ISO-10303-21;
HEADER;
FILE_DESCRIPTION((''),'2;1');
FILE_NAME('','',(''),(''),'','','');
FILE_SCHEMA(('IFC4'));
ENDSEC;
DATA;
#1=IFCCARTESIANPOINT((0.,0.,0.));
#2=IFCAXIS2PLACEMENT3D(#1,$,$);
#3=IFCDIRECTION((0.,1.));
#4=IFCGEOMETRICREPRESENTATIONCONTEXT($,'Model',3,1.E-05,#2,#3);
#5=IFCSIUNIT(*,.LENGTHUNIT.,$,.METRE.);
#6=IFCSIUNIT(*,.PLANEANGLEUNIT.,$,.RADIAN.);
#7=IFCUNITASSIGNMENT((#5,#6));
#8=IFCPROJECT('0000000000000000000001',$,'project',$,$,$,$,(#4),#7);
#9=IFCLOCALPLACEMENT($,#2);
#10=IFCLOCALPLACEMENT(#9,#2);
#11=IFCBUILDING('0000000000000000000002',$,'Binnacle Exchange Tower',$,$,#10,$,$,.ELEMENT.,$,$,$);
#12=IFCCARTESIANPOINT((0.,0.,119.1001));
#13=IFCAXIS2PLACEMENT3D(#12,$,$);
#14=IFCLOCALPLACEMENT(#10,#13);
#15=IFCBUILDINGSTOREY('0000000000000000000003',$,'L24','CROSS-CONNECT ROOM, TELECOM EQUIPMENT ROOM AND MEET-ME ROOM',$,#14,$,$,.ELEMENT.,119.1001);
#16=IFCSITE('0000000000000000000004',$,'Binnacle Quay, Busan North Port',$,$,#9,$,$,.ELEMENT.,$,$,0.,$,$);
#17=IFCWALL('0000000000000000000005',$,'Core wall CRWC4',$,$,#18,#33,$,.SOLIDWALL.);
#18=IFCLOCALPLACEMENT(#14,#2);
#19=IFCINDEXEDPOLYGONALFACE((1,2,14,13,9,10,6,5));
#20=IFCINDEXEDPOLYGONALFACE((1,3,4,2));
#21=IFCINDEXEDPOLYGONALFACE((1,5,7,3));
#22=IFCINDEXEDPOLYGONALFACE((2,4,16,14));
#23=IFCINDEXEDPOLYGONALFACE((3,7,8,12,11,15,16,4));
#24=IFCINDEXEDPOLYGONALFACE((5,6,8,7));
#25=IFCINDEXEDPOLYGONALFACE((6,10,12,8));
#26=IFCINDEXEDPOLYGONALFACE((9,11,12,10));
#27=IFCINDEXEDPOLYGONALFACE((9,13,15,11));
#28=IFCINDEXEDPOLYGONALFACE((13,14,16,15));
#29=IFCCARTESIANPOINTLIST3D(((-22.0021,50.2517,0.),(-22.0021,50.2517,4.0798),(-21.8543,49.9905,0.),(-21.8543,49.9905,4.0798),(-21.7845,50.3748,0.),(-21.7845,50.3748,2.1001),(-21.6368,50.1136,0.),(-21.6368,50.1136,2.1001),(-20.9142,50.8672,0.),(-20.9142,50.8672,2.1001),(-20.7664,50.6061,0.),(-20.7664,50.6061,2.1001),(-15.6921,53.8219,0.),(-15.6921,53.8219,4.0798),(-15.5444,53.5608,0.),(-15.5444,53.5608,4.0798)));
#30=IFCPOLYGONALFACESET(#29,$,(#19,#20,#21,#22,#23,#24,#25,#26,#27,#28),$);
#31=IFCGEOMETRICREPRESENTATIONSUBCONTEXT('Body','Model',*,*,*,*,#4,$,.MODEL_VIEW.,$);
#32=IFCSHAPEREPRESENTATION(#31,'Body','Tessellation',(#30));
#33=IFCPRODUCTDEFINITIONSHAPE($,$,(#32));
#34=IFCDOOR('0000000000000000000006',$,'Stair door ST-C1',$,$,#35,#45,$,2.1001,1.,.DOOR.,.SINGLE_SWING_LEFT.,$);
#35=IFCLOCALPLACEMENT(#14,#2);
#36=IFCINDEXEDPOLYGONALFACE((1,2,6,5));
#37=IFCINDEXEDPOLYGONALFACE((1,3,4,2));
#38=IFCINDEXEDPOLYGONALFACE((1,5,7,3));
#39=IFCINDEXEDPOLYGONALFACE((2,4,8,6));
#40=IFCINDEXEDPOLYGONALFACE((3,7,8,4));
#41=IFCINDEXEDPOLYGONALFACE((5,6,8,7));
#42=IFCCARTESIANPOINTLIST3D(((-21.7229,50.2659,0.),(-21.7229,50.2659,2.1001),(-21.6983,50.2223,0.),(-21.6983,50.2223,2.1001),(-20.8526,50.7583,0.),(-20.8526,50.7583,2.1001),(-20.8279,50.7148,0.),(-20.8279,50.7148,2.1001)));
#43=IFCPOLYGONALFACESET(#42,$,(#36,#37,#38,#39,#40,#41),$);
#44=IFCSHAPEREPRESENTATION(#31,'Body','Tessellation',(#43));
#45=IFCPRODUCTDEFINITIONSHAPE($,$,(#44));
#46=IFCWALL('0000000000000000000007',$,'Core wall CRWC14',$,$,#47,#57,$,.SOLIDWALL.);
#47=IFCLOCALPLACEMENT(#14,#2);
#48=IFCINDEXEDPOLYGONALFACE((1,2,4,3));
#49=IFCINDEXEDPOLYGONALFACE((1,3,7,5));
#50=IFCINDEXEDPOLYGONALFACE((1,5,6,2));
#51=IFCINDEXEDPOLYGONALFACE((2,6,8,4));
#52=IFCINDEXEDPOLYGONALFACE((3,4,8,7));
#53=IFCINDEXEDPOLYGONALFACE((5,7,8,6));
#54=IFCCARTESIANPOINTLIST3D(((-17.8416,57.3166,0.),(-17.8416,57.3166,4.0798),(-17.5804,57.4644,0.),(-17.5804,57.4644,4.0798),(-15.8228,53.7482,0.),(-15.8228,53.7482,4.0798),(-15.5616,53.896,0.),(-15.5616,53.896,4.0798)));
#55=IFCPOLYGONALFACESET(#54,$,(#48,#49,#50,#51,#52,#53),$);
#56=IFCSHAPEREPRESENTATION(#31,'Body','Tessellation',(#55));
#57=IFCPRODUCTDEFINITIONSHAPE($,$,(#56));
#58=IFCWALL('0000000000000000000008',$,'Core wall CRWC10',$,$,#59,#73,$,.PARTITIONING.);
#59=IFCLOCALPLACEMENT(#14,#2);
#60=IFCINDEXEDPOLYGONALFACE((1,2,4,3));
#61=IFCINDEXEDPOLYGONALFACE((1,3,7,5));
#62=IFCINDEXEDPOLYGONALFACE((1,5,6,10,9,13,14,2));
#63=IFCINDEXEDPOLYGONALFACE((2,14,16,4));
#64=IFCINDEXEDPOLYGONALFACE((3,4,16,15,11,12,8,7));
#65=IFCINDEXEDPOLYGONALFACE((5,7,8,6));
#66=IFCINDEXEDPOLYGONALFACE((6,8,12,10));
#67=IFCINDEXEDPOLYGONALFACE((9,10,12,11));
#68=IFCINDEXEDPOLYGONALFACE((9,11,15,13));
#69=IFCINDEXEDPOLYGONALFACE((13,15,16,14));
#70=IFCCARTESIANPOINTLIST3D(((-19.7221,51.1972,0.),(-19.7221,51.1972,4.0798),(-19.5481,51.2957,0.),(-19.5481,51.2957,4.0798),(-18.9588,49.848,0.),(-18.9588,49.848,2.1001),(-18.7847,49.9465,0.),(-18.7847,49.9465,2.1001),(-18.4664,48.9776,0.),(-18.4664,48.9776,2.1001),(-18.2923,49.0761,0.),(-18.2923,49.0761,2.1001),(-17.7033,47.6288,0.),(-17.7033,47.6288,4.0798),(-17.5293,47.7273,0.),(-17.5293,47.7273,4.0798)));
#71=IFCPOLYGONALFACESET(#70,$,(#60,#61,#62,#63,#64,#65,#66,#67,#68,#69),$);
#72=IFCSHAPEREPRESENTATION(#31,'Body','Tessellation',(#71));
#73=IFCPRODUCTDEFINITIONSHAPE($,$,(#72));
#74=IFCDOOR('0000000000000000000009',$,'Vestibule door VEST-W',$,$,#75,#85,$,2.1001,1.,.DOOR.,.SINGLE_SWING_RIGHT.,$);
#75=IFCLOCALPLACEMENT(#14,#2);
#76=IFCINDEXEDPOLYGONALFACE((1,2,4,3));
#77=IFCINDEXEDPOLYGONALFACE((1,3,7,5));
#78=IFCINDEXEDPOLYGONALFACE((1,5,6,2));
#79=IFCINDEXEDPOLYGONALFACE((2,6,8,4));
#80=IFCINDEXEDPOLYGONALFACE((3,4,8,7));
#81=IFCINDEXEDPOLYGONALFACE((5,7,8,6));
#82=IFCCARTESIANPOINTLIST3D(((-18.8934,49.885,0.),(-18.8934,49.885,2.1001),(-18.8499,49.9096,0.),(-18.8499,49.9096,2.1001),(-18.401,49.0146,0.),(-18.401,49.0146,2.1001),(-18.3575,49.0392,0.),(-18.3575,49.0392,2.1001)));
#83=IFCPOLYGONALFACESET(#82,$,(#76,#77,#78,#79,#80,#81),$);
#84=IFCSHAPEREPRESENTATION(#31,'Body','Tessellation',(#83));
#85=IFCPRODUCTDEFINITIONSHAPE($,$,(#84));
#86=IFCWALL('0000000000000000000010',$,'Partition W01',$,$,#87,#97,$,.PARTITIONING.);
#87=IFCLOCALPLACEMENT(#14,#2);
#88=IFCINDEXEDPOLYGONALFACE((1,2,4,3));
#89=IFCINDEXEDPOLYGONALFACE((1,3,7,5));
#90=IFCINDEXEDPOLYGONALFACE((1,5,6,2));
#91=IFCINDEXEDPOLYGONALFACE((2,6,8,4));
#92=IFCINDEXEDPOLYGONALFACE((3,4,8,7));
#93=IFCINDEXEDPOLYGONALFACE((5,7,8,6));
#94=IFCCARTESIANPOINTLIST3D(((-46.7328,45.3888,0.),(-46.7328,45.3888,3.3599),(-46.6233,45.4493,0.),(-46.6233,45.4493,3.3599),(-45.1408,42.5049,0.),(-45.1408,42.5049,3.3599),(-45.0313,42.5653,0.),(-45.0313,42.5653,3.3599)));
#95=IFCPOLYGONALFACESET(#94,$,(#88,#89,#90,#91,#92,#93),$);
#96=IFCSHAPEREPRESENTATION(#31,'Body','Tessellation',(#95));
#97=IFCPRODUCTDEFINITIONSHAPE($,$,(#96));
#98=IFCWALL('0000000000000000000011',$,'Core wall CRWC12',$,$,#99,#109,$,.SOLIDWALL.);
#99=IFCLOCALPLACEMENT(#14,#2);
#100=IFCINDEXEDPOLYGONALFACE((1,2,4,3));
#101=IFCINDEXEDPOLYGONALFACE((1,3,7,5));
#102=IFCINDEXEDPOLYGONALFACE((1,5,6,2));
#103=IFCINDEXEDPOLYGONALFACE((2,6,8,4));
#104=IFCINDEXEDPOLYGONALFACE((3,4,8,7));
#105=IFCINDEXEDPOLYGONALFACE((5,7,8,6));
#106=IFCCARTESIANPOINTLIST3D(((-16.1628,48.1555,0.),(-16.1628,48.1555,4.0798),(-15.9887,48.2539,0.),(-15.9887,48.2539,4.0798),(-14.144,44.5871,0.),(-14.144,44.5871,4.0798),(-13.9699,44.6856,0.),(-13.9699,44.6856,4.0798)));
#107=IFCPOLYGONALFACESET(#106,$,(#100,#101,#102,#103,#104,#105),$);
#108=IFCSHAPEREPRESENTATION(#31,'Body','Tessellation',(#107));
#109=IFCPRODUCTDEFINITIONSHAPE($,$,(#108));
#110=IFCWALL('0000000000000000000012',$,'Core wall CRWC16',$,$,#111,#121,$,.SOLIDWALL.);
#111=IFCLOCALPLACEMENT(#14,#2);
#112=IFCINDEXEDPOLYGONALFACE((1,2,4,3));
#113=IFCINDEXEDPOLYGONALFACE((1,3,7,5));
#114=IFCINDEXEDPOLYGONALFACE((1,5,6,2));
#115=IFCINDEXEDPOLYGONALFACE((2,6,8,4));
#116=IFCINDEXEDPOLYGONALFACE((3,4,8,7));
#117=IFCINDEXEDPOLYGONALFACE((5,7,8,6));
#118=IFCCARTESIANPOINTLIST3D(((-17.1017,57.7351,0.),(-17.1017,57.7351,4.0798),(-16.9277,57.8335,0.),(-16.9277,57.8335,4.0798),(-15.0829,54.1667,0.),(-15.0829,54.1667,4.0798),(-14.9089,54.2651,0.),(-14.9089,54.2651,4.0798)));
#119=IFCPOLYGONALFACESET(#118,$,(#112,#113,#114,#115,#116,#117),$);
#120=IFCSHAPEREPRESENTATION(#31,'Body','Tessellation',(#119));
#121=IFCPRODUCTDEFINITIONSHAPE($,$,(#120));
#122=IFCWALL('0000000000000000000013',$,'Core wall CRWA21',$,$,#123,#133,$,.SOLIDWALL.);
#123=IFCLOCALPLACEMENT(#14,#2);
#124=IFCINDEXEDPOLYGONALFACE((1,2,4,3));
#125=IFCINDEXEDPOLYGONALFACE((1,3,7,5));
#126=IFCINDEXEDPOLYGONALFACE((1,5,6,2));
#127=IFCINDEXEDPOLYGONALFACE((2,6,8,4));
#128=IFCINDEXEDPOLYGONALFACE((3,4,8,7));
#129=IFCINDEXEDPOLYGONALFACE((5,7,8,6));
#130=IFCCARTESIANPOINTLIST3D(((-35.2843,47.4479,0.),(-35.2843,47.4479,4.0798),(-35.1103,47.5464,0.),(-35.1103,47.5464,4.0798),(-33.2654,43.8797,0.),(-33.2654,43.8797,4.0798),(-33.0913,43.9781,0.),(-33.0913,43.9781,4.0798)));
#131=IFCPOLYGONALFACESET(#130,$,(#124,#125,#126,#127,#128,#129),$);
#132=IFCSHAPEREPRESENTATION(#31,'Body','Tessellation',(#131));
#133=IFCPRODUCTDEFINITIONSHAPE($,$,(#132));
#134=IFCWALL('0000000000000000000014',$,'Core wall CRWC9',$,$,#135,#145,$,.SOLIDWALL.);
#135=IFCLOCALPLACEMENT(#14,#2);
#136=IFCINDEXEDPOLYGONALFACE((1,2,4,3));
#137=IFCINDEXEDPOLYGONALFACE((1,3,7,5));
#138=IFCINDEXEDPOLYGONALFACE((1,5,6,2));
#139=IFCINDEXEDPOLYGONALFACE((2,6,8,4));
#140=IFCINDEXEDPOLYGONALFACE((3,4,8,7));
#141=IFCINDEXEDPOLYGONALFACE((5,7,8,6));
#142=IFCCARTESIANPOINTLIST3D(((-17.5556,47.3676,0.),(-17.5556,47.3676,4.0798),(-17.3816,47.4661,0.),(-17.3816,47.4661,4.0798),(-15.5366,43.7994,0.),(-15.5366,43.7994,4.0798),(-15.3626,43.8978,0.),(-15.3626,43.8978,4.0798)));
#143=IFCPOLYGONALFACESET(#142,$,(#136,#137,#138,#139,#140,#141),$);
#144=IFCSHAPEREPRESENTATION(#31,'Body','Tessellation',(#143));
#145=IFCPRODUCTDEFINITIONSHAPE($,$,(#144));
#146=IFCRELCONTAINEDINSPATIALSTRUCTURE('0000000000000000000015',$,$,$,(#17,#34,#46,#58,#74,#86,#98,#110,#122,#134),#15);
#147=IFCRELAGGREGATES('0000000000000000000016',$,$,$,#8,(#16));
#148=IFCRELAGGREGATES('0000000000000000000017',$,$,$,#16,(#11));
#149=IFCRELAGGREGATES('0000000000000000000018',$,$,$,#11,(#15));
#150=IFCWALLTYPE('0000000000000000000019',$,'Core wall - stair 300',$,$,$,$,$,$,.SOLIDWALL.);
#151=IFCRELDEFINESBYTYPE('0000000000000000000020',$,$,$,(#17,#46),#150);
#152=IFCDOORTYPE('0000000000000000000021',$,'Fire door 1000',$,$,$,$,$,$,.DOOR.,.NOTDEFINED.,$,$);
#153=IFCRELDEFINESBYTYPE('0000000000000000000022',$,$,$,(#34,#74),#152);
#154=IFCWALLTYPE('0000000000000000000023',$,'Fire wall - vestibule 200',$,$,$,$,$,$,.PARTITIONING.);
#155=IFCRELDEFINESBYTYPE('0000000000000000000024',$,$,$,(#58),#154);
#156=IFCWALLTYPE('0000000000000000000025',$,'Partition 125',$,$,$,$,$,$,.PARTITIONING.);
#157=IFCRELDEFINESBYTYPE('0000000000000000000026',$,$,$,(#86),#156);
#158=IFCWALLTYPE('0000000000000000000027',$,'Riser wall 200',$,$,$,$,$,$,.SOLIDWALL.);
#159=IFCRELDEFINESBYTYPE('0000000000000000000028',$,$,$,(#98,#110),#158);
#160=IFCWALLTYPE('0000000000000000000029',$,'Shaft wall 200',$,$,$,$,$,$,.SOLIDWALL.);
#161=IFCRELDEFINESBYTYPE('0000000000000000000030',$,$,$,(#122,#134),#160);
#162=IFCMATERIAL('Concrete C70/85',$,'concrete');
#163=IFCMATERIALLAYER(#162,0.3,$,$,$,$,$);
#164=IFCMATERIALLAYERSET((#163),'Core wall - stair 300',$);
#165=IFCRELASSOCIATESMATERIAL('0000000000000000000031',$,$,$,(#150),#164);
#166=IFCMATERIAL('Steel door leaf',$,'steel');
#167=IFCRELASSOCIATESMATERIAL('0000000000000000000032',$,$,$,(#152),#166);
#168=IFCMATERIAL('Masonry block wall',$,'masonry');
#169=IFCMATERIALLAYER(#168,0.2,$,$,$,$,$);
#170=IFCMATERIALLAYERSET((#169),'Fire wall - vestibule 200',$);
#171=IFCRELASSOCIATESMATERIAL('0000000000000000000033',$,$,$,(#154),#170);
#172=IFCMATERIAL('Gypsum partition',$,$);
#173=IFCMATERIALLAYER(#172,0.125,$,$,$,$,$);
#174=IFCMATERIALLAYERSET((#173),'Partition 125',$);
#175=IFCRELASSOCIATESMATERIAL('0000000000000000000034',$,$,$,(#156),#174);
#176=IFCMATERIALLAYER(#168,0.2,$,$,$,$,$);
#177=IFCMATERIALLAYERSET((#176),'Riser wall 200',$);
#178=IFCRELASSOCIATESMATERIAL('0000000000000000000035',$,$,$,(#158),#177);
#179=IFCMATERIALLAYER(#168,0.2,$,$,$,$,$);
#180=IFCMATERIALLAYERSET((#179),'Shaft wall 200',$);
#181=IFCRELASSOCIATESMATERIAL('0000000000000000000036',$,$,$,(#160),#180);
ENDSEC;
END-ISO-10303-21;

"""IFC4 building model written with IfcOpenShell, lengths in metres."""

from ifc_helpers import new_model, si_unit, direction, frame, frame_2d, origin, place, context, subcontext, project, spatial, rectangle, extrude, material, layer, layer_set, type_object, element, fill, save


model = new_model("IFC4")

# Units and contexts
model_context = context("Model", 3, precision=1e-05, world=origin(), true_north=direction((0.0, 1.0)))
body_context = subcontext(model_context, "Body", "Model", "MODEL_VIEW")
ifc_project = project(units=[si_unit("LENGTHUNIT", "METRE"), si_unit("PLANEANGLEUNIT", "RADIAN")], contexts=[model_context])

# Site, building, storey
site_placement = place(None, origin())
site = spatial("IfcSite", under=ifc_project, at=site_placement, Name="Binnacle Quay, Busan North Port", CompositionType="ELEMENT", RefElevation=0.0)
building_placement = place(site_placement, origin())
building = spatial("IfcBuilding", under=site, at=building_placement, Name="Binnacle Exchange Tower", CompositionType="ELEMENT")
storey_placement = place(building_placement, frame((0.0, 0.0, 119.1001)))
storey = spatial("IfcBuildingStorey", under=building, at=storey_placement, Name="L24", Description="CROSS-CONNECT ROOM, TELECOM EQUIPMENT ROOM AND MEET-ME ROOM", CompositionType="ELEMENT", Elevation=119.1001)

# Shared definitions
ifc_material_1 = material(Name="Concrete C70/85", Category="concrete")

# Shared definitions
ifc_material_2 = material(Name="Steel door leaf", Category="steel")

# Shared definitions
ifc_layer_1 = layer(ifc_material_1, 0.3)
ifc_layer_set_1 = layer_set([ifc_layer_1], Name="Core wall - stair 300")
wall_type_1 = type_object("IfcWallType", Name="Core wall - stair 300", PredefinedType="SOLIDWALL", material=ifc_layer_set_1)

# Wall, opening, door
wall_1_placement = place(storey_placement, frame((-21.9282, 50.1211, 0.0), z_axis=(0.0, 0.0, 1.0), x_axis=(0.870341, 0.49245, 0.0)))
wall_1 = element("IfcWall", 1, at=wall_1_placement, inside=storey, type_object=wall_type_1, Name="Core wall CRWC4", PredefinedType="SOLIDWALL", context=body_context, shape_type="SweptSolid", body=[
    extrude(rectangle(XDim=7.25, YDim=0.3, at=frame_2d((3.625, 0.0))), origin(), (0.0, 0.0, 1.0), 4.0798),
])
opening_1_placement = place(wall_1_placement, frame((0.25, 0.0, 0.0)))
opening_1 = element("IfcOpeningElement", 2, at=opening_1_placement, cuts=wall_1, PredefinedType="OPENING", context=body_context, shape_type="SweptSolid", body=[
    extrude(rectangle(XDim=1.0, YDim=2.1001, at=frame_2d((0.5, 1.05))), frame((0.0, 0.1599, 0.0), z_axis=(0.0, -1.0, 0.0), x_axis=(1.0, 0.0, 0.0)), (0.0, 0.0, 1.0), 0.3201),
])
door_type_1 = type_object("IfcDoorType", Name="Fire door 1000", OperationType="NOTDEFINED", PredefinedType="DOOR", material=ifc_material_2)
door_1_placement = place(opening_1_placement, origin())
door_1 = element("IfcDoor", 3, at=door_1_placement, inside=storey, type_object=door_type_1, Name="Stair door ST-C1", OperationType="SINGLE_SWING_LEFT", OverallHeight=2.1001, OverallWidth=1.0, PredefinedType="DOOR", context=body_context, shape_type="SweptSolid", body=[
    extrude(rectangle(XDim=1.0, YDim=2.1001, at=frame_2d((0.5, 1.05))), frame((0.0, 0.0249, 0.0), z_axis=(0.0, -1.0, 0.0), x_axis=(1.0, 0.0, 0.0)), (0.0, 0.0, 1.0), 0.05),
])
fill(opening_1, door_1)

# Wall
wall_2_placement = place(storey_placement, frame((-17.7109, 57.3904, 0.0), z_axis=(0.0, 0.0, 1.0), x_axis=(0.492408, -0.870364, 0.0)))
element("IfcWall", 4, at=wall_2_placement, inside=storey, type_object=wall_type_1, Name="Core wall CRWC14", PredefinedType="SOLIDWALL", context=body_context, shape_type="SweptSolid", body=[
    extrude(rectangle(XDim=4.0999, YDim=0.3, at=frame_2d((2.0498, 0.0))), origin(), (0.0, 0.0, 1.0), 4.0798),
])

# Wall, opening, door
ifc_material_3 = material(Name="Masonry block wall", Category="masonry")
ifc_layer_2 = layer(ifc_material_3, 0.2)
ifc_layer_set_2 = layer_set([ifc_layer_2], Name="Fire wall - vestibule 200")
wall_type_2 = type_object("IfcWallType", Name="Fire wall - vestibule 200", PredefinedType="PARTITIONING", material=ifc_layer_set_2)
wall_3_placement = place(storey_placement, frame((-19.635, 51.2463, 0.0), z_axis=(0.0, 0.0, 1.0), x_axis=(0.492408, -0.870364, 0.0)))
wall_3 = element("IfcWall", 5, at=wall_3_placement, inside=storey, type_object=wall_type_2, Name="Core wall CRWC10", PredefinedType="PARTITIONING", context=body_context, shape_type="SweptSolid", body=[
    extrude(rectangle(XDim=4.0999, YDim=0.2, at=frame_2d((2.0498, 0.0))), origin(), (0.0, 0.0, 1.0), 4.0798),
])
opening_2_placement = place(wall_3_placement, frame((1.55, 0.0, 0.0)))
opening_2 = element("IfcOpeningElement", 6, at=opening_2_placement, cuts=wall_3, PredefinedType="OPENING", context=body_context, shape_type="SweptSolid", body=[
    extrude(rectangle(XDim=1.0, YDim=2.1001, at=frame_2d((0.5, 1.05))), frame((0.0, 0.1099, 0.0), z_axis=(0.0, -1.0, 0.0), x_axis=(1.0, 0.0, 0.0)), (0.0, 0.0, 1.0), 0.22),
])
door_2_placement = place(opening_2_placement, frame((1.0, 0.0, 0.0), z_axis=(0.0, 0.0, 1.0), x_axis=(-1.0, 0.0, 0.0)))
door_2 = element("IfcDoor", 7, at=door_2_placement, inside=storey, type_object=door_type_1, Name="Vestibule door VEST-W", OperationType="SINGLE_SWING_RIGHT", OverallHeight=2.1001, OverallWidth=1.0, PredefinedType="DOOR", context=body_context, shape_type="SweptSolid", body=[
    extrude(rectangle(XDim=1.0, YDim=2.1001, at=frame_2d((0.5, 1.05))), frame((0.0, 0.0249, 0.0), z_axis=(0.0, -1.0, 0.0), x_axis=(1.0, 0.0, 0.0)), (0.0, 0.0, 1.0), 0.05),
])
fill(opening_2, door_2)

# Walls
ifc_material_4 = material(Name="Gypsum partition")
ifc_layer_3 = layer(ifc_material_4, 0.125)
ifc_layer_set_3 = layer_set([ifc_layer_3], Name="Partition 125")
wall_type_3 = type_object("IfcWallType", Name="Partition 125", PredefinedType="PARTITIONING", material=ifc_layer_set_3)
wall_4_placement = place(storey_placement, frame((-46.678, 45.4189, 0.0), z_axis=(0.0, 0.0, 1.0), x_axis=(0.483275, -0.875468, 0.0)))
element("IfcWall", 8, at=wall_4_placement, inside=storey, type_object=wall_type_3, Name="Partition W01", PredefinedType="PARTITIONING", context=body_context, shape_type="SweptSolid", body=[
    extrude(rectangle(XDim=3.2942, YDim=0.125, at=frame_2d((1.647, 0.0))), origin(), (0.0, 0.0, 1.0), 3.3599),
])
ifc_layer_4 = layer(ifc_material_3, 0.2)
ifc_layer_set_4 = layer_set([ifc_layer_4], Name="Riser wall 200")
wall_type_4 = type_object("IfcWallType", Name="Riser wall 200", PredefinedType="SOLIDWALL", material=ifc_layer_set_4)
for number, where, z_axis, x_axis, name in (
    (9, (-16.0757, 48.2046, 0.0), (0.0, 0.0, 1.0), (0.492408, -0.870364, 0.0), "Core wall CRWC12"),
    (10, (-17.0146, 57.7842, 0.0), (0.0, 0.0, 1.0), (0.492408, -0.870364, 0.0), "Core wall CRWC16"),
):
    element("IfcWall", number, at=place(storey_placement, frame(where, z_axis=z_axis, x_axis=x_axis)), inside=storey, type_object=wall_type_4, Name=name, PredefinedType="SOLIDWALL", context=body_context, shape_type="SweptSolid", body=[
        extrude(rectangle(XDim=4.0999, YDim=0.2, at=frame_2d((2.0498, 0.0))), origin(), (0.0, 0.0, 1.0), 4.0798),
    ])
ifc_layer_5 = layer(ifc_material_3, 0.2)
ifc_layer_set_5 = layer_set([ifc_layer_5], Name="Shaft wall 200")
wall_type_5 = type_object("IfcWallType", Name="Shaft wall 200", PredefinedType="SOLIDWALL", material=ifc_layer_set_5)
for number, where, z_axis, x_axis, name in (
    (11, (-35.1973, 47.4971, 0.0), (0.0, 0.0, 1.0), (0.492454, -0.870339, 0.0), "Core wall CRWA21"),
    (12, (-17.4685, 47.4167, 0.0), (0.0, 0.0, 1.0), (0.492454, -0.870339, 0.0), "Core wall CRWC9"),
):
    element("IfcWall", number, at=place(storey_placement, frame(where, z_axis=z_axis, x_axis=x_axis)), inside=storey, type_object=wall_type_5, Name=name, PredefinedType="SOLIDWALL", context=body_context, shape_type="SweptSolid", body=[
        extrude(rectangle(XDim=4.0999, YDim=0.2, at=frame_2d((2.0498, 0.0))), origin(), (0.0, 0.0, 1.0), 4.0798),
    ])

save(model, "model.ifc")
